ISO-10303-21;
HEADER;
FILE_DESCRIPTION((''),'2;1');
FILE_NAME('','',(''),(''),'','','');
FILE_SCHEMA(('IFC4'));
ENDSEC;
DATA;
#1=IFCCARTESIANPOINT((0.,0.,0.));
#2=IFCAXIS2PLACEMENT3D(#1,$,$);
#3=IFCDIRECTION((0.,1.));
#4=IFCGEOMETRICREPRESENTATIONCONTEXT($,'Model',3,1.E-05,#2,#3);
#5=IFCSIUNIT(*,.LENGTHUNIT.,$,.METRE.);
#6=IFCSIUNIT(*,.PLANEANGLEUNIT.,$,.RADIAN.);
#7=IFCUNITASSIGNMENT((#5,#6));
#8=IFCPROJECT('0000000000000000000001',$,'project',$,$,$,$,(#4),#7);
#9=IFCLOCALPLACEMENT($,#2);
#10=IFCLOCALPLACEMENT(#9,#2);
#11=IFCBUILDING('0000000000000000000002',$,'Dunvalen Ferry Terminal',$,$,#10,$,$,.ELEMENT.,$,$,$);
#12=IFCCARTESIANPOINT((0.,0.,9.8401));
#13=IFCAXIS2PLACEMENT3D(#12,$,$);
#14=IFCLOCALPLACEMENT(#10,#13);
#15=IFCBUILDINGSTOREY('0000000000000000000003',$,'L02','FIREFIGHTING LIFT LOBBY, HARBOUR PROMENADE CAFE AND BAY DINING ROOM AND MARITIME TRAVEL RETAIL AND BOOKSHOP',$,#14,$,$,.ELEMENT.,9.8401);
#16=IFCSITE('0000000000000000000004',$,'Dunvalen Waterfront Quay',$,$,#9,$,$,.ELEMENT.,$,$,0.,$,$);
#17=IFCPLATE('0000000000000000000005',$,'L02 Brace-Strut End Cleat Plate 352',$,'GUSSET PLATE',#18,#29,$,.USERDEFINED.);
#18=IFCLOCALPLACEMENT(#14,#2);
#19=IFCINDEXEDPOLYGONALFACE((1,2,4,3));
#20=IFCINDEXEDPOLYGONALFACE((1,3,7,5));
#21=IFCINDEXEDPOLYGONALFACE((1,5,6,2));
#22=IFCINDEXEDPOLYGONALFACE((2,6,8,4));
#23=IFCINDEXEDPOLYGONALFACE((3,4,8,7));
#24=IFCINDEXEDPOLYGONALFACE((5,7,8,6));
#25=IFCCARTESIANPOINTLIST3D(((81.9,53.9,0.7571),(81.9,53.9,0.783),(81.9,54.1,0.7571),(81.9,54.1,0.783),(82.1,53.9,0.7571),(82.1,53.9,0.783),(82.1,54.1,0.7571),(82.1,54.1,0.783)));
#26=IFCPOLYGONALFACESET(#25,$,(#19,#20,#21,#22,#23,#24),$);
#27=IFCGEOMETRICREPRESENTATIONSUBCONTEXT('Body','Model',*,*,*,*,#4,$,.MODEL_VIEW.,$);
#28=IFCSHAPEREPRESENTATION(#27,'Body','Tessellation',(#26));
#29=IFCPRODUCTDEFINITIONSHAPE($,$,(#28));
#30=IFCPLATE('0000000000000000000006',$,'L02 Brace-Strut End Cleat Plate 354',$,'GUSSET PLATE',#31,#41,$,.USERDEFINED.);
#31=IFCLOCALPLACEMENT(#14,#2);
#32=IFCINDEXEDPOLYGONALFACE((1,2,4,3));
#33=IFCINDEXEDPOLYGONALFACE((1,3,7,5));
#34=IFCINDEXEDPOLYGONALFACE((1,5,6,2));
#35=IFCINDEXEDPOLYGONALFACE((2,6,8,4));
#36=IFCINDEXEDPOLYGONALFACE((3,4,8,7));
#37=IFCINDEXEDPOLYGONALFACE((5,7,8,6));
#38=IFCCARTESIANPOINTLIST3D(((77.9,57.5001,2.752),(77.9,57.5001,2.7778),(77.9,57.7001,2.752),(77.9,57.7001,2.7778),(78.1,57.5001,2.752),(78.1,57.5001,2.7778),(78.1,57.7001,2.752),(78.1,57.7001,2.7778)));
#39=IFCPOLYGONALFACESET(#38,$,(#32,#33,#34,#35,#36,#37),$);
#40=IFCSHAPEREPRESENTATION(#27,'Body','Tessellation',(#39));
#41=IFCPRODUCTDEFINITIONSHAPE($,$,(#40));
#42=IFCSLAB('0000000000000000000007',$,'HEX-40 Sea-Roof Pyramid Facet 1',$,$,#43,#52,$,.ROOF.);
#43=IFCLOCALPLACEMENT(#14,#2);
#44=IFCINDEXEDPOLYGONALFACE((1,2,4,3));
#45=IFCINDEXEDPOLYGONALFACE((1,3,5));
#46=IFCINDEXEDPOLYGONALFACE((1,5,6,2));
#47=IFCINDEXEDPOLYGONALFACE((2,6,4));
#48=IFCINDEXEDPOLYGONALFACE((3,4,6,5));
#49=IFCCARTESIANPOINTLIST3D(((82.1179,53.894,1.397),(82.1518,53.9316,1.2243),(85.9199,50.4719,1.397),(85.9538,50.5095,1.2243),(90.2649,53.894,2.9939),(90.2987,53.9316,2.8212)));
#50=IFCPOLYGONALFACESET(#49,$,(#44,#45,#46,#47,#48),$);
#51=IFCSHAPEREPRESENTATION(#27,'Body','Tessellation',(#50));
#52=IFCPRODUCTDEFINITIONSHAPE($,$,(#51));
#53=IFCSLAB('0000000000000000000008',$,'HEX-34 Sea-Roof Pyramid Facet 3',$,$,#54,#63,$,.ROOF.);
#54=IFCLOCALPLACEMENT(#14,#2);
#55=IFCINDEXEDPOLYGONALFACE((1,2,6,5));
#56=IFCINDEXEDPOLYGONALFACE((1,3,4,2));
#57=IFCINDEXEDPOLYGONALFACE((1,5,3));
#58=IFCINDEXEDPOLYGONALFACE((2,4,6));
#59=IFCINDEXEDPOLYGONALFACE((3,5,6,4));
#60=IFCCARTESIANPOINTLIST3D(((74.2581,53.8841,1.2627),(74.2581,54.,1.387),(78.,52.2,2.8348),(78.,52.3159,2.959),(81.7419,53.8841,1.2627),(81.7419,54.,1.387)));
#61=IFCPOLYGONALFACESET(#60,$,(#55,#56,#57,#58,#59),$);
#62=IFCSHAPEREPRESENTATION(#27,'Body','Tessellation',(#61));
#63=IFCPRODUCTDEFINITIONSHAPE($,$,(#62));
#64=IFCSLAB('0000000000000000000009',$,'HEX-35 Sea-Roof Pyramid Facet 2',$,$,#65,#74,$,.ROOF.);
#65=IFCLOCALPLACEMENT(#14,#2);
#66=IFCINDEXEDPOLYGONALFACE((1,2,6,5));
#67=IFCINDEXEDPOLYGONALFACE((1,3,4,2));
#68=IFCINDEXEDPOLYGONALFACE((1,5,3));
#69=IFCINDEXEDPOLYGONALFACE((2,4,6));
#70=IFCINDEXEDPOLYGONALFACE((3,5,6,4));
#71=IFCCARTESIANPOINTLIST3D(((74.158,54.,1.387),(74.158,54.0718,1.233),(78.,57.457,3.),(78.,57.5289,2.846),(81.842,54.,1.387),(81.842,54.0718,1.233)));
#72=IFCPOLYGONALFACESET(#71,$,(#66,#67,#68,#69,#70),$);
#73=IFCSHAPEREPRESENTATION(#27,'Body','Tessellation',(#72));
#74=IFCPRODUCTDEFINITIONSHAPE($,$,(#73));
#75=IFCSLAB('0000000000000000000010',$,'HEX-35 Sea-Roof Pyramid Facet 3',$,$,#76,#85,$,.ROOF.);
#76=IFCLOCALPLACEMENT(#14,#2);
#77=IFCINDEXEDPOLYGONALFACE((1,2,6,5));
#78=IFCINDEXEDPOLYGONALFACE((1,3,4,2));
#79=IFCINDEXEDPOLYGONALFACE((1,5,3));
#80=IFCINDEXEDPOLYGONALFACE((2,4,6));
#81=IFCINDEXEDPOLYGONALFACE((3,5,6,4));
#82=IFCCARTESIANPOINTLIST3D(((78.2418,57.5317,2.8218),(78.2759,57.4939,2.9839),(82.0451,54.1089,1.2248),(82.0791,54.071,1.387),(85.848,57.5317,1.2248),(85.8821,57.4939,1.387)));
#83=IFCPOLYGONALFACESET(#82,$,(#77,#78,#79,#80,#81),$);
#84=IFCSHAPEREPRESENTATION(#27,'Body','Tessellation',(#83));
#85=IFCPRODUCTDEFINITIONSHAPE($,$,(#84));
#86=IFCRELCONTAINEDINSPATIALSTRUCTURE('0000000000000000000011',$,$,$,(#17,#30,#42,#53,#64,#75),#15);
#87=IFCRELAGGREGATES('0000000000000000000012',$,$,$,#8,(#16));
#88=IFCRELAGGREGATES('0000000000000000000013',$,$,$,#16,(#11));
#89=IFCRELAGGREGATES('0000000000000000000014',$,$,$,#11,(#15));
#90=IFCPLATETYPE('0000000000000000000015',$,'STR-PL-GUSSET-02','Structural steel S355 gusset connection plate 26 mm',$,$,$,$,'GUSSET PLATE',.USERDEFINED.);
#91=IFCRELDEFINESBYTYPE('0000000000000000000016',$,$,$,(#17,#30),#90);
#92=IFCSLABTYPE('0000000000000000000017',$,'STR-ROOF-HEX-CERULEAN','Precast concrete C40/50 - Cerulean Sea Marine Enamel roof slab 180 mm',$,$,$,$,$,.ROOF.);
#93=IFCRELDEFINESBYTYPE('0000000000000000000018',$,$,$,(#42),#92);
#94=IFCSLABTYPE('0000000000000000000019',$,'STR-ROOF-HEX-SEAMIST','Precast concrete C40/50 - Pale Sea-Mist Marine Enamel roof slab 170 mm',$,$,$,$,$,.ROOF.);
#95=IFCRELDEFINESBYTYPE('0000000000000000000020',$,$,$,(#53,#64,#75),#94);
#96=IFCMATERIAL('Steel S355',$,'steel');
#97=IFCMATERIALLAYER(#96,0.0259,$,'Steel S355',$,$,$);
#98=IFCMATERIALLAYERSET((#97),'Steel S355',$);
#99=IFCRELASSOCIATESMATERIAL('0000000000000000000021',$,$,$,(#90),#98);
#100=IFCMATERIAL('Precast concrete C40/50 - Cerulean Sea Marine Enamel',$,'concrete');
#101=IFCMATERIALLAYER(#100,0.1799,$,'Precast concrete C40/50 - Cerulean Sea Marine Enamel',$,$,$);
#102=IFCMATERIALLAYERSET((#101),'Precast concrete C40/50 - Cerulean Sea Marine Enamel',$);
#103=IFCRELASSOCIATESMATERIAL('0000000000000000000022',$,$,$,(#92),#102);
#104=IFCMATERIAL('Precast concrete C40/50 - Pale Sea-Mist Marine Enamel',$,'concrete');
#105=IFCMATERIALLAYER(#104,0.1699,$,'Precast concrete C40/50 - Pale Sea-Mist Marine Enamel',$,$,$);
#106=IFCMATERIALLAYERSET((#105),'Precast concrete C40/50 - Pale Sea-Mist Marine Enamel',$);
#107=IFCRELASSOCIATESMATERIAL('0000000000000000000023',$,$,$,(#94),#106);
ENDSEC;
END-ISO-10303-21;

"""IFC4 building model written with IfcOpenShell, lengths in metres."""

from ifc_helpers import new_model, si_unit, direction, frame, origin, origin_2d, place, context, subcontext, project, spatial, polyline, rectangle, outline, extrude, material, layer, layer_set, type_object, element, save


model = new_model("IFC4")

# Units and contexts
model_context = context("Model", 3, precision=1e-05, world=origin(), true_north=direction((0.0, 1.0)))
body_context = subcontext(model_context, "Body", "Model", "MODEL_VIEW")
ifc_project = project(units=[si_unit("LENGTHUNIT", "METRE"), si_unit("PLANEANGLEUNIT", "RADIAN")], contexts=[model_context])

# Site, building, storey
site_placement = place(None, origin())
site = spatial("IfcSite", under=ifc_project, at=site_placement, Name="Dunvalen Waterfront Quay", CompositionType="ELEMENT", RefElevation=0.0)
building_placement = place(site_placement, origin())
building = spatial("IfcBuilding", under=site, at=building_placement, Name="Dunvalen Ferry Terminal", CompositionType="ELEMENT")
storey_placement = place(building_placement, frame((0.0, 0.0, 9.8401)))
storey = spatial("IfcBuildingStorey", under=building, at=storey_placement, Name="L02", Description="FIREFIGHTING LIFT LOBBY, HARBOUR PROMENADE CAFE AND BAY DINING ROOM AND MARITIME TRAVEL RETAIL AND BOOKSHOP", CompositionType="ELEMENT", Elevation=9.8401)

# Shared definitions
ifc_material_1 = material(Name="Steel S355", Category="steel")

# Plates
ifc_layer_1 = layer(ifc_material_1, 0.0259, Name="Steel S355")
ifc_layer_set_1 = layer_set([ifc_layer_1], Name="Steel S355")
plate_type_1 = type_object("IfcPlateType", Name="STR-PL-GUSSET-02", Description="Structural steel S355 gusset connection plate 26 mm", ElementType="GUSSET PLATE", PredefinedType="USERDEFINED", material=ifc_layer_set_1)
for number, where, z_axis, x_axis, name in (
    (1, (82.0, 54.0, 0.7571), (0.0, 0.0, 1.0), (1.0, 0.0, 0.0), "L02 Brace-Strut End Cleat Plate 352"),
    (2, (78.0, 57.6001, 2.752), (0.0, 0.0, 1.0), (1.0, 0.0, 0.0), "L02 Brace-Strut End Cleat Plate 354"),
):
    element("IfcPlate", number, at=place(storey_placement, frame(where, z_axis=z_axis, x_axis=x_axis)), inside=storey, type_object=plate_type_1, Name=name, ObjectType="GUSSET PLATE", PredefinedType="USERDEFINED", context=body_context, shape_type="SweptSolid", body=[
        extrude(rectangle(XDim=0.2, YDim=0.2, at=origin_2d()), origin(), (0.0, 0.0, 1.0), 0.0259),
    ])

# Slabs
ifc_material_2 = material(Name="Precast concrete C40/50 - Cerulean Sea Marine Enamel", Category="concrete")
ifc_layer_2 = layer(ifc_material_2, 0.1799, Name="Precast concrete C40/50 - Cerulean Sea Marine Enamel")
ifc_layer_set_2 = layer_set([ifc_layer_2], Name="Precast concrete C40/50 - Cerulean Sea Marine Enamel")
slab_type_1 = type_object("IfcSlabType", Name="STR-ROOF-HEX-CERULEAN", Description="Precast concrete C40/50 - Cerulean Sea Marine Enamel roof slab 180 mm", PredefinedType="ROOF", material=ifc_layer_set_2)
slab_1_placement = place(storey_placement, frame((82.1179, 53.894, 1.397), z_axis=(-0.188106, -0.208988, 0.959656), x_axis=(0.743263, -0.668999, 0.0)))
element("IfcSlab", 3, at=slab_1_placement, inside=storey, type_object=slab_type_1, Name="HEX-40 Sea-Roof Pyramid Facet 1", PredefinedType="ROOF", context=body_context, shape_type="SweptSolid", body=[
    extrude(outline(polyline([(0.0, 0.0), (5.1153, 0.0), (6.0553, 5.6794), (0.0, 0.0)])), origin(), (0.0, 0.0, -1.0), 0.1799),
])
ifc_material_3 = material(Name="Precast concrete C40/50 - Pale Sea-Mist Marine Enamel", Category="concrete")
ifc_layer_3 = layer(ifc_material_3, 0.1699, Name="Precast concrete C40/50 - Pale Sea-Mist Marine Enamel")
ifc_layer_set_3 = layer_set([ifc_layer_3], Name="Precast concrete C40/50 - Pale Sea-Mist Marine Enamel")
slab_type_2 = type_object("IfcSlabType", Name="STR-ROOF-HEX-SEAMIST", Description="Precast concrete C40/50 - Pale Sea-Mist Marine Enamel roof slab 170 mm", PredefinedType="ROOF", material=ifc_layer_set_3)
slab_2_placement = place(storey_placement, frame((81.7419, 54.0, 1.387), z_axis=(0.0, 0.682367, 0.731009), x_axis=(-1.0, 0.0, 0.0)))
element("IfcSlab", 4, at=slab_2_placement, inside=storey, type_object=slab_type_2, Name="HEX-34 Sea-Roof Pyramid Facet 3", PredefinedType="ROOF", context=body_context, shape_type="SweptSolid", body=[
    extrude(outline(polyline([(0.0, 0.0), (7.4839, 0.0), (3.7419, 2.3038), (0.0, 0.0)])), origin(), (0.0, 0.0, -1.0), 0.1699),
])
slab_3_placement = place(storey_placement, frame((74.158, 54.0, 1.387), z_axis=(0.0, -0.422833, 0.906208), x_axis=(1.0, 0.0, 0.0)))
element("IfcSlab", 5, at=slab_3_placement, inside=storey, type_object=slab_type_2, Name="HEX-35 Sea-Roof Pyramid Facet 2", PredefinedType="ROOF", context=body_context, shape_type="SweptSolid", body=[
    extrude(outline(polyline([(0.0, 0.0), (7.6841, 0.0), (3.842, 3.8148), (0.0, 0.0)])), origin(), (0.0, 0.0, -1.0), 0.1699),
])
slab_4_placement = place(storey_placement, frame((82.0791, 54.071, 1.387), z_axis=(0.200317, -0.222563, 0.954117), x_axis=(0.743278, 0.668983, 0.0)))
element("IfcSlab", 6, at=slab_4_placement, inside=storey, type_object=slab_type_2, Name="HEX-35 Sea-Roof Pyramid Facet 3", PredefinedType="ROOF", context=body_context, shape_type="SweptSolid", body=[
    extrude(outline(polyline([(0.0, 0.0), (5.1165, 0.0), (-0.537, 5.3331), (0.0, 0.0)])), origin(), (0.0, 0.0, -1.0), 0.1699),
])

save(model, "model.ifc")
